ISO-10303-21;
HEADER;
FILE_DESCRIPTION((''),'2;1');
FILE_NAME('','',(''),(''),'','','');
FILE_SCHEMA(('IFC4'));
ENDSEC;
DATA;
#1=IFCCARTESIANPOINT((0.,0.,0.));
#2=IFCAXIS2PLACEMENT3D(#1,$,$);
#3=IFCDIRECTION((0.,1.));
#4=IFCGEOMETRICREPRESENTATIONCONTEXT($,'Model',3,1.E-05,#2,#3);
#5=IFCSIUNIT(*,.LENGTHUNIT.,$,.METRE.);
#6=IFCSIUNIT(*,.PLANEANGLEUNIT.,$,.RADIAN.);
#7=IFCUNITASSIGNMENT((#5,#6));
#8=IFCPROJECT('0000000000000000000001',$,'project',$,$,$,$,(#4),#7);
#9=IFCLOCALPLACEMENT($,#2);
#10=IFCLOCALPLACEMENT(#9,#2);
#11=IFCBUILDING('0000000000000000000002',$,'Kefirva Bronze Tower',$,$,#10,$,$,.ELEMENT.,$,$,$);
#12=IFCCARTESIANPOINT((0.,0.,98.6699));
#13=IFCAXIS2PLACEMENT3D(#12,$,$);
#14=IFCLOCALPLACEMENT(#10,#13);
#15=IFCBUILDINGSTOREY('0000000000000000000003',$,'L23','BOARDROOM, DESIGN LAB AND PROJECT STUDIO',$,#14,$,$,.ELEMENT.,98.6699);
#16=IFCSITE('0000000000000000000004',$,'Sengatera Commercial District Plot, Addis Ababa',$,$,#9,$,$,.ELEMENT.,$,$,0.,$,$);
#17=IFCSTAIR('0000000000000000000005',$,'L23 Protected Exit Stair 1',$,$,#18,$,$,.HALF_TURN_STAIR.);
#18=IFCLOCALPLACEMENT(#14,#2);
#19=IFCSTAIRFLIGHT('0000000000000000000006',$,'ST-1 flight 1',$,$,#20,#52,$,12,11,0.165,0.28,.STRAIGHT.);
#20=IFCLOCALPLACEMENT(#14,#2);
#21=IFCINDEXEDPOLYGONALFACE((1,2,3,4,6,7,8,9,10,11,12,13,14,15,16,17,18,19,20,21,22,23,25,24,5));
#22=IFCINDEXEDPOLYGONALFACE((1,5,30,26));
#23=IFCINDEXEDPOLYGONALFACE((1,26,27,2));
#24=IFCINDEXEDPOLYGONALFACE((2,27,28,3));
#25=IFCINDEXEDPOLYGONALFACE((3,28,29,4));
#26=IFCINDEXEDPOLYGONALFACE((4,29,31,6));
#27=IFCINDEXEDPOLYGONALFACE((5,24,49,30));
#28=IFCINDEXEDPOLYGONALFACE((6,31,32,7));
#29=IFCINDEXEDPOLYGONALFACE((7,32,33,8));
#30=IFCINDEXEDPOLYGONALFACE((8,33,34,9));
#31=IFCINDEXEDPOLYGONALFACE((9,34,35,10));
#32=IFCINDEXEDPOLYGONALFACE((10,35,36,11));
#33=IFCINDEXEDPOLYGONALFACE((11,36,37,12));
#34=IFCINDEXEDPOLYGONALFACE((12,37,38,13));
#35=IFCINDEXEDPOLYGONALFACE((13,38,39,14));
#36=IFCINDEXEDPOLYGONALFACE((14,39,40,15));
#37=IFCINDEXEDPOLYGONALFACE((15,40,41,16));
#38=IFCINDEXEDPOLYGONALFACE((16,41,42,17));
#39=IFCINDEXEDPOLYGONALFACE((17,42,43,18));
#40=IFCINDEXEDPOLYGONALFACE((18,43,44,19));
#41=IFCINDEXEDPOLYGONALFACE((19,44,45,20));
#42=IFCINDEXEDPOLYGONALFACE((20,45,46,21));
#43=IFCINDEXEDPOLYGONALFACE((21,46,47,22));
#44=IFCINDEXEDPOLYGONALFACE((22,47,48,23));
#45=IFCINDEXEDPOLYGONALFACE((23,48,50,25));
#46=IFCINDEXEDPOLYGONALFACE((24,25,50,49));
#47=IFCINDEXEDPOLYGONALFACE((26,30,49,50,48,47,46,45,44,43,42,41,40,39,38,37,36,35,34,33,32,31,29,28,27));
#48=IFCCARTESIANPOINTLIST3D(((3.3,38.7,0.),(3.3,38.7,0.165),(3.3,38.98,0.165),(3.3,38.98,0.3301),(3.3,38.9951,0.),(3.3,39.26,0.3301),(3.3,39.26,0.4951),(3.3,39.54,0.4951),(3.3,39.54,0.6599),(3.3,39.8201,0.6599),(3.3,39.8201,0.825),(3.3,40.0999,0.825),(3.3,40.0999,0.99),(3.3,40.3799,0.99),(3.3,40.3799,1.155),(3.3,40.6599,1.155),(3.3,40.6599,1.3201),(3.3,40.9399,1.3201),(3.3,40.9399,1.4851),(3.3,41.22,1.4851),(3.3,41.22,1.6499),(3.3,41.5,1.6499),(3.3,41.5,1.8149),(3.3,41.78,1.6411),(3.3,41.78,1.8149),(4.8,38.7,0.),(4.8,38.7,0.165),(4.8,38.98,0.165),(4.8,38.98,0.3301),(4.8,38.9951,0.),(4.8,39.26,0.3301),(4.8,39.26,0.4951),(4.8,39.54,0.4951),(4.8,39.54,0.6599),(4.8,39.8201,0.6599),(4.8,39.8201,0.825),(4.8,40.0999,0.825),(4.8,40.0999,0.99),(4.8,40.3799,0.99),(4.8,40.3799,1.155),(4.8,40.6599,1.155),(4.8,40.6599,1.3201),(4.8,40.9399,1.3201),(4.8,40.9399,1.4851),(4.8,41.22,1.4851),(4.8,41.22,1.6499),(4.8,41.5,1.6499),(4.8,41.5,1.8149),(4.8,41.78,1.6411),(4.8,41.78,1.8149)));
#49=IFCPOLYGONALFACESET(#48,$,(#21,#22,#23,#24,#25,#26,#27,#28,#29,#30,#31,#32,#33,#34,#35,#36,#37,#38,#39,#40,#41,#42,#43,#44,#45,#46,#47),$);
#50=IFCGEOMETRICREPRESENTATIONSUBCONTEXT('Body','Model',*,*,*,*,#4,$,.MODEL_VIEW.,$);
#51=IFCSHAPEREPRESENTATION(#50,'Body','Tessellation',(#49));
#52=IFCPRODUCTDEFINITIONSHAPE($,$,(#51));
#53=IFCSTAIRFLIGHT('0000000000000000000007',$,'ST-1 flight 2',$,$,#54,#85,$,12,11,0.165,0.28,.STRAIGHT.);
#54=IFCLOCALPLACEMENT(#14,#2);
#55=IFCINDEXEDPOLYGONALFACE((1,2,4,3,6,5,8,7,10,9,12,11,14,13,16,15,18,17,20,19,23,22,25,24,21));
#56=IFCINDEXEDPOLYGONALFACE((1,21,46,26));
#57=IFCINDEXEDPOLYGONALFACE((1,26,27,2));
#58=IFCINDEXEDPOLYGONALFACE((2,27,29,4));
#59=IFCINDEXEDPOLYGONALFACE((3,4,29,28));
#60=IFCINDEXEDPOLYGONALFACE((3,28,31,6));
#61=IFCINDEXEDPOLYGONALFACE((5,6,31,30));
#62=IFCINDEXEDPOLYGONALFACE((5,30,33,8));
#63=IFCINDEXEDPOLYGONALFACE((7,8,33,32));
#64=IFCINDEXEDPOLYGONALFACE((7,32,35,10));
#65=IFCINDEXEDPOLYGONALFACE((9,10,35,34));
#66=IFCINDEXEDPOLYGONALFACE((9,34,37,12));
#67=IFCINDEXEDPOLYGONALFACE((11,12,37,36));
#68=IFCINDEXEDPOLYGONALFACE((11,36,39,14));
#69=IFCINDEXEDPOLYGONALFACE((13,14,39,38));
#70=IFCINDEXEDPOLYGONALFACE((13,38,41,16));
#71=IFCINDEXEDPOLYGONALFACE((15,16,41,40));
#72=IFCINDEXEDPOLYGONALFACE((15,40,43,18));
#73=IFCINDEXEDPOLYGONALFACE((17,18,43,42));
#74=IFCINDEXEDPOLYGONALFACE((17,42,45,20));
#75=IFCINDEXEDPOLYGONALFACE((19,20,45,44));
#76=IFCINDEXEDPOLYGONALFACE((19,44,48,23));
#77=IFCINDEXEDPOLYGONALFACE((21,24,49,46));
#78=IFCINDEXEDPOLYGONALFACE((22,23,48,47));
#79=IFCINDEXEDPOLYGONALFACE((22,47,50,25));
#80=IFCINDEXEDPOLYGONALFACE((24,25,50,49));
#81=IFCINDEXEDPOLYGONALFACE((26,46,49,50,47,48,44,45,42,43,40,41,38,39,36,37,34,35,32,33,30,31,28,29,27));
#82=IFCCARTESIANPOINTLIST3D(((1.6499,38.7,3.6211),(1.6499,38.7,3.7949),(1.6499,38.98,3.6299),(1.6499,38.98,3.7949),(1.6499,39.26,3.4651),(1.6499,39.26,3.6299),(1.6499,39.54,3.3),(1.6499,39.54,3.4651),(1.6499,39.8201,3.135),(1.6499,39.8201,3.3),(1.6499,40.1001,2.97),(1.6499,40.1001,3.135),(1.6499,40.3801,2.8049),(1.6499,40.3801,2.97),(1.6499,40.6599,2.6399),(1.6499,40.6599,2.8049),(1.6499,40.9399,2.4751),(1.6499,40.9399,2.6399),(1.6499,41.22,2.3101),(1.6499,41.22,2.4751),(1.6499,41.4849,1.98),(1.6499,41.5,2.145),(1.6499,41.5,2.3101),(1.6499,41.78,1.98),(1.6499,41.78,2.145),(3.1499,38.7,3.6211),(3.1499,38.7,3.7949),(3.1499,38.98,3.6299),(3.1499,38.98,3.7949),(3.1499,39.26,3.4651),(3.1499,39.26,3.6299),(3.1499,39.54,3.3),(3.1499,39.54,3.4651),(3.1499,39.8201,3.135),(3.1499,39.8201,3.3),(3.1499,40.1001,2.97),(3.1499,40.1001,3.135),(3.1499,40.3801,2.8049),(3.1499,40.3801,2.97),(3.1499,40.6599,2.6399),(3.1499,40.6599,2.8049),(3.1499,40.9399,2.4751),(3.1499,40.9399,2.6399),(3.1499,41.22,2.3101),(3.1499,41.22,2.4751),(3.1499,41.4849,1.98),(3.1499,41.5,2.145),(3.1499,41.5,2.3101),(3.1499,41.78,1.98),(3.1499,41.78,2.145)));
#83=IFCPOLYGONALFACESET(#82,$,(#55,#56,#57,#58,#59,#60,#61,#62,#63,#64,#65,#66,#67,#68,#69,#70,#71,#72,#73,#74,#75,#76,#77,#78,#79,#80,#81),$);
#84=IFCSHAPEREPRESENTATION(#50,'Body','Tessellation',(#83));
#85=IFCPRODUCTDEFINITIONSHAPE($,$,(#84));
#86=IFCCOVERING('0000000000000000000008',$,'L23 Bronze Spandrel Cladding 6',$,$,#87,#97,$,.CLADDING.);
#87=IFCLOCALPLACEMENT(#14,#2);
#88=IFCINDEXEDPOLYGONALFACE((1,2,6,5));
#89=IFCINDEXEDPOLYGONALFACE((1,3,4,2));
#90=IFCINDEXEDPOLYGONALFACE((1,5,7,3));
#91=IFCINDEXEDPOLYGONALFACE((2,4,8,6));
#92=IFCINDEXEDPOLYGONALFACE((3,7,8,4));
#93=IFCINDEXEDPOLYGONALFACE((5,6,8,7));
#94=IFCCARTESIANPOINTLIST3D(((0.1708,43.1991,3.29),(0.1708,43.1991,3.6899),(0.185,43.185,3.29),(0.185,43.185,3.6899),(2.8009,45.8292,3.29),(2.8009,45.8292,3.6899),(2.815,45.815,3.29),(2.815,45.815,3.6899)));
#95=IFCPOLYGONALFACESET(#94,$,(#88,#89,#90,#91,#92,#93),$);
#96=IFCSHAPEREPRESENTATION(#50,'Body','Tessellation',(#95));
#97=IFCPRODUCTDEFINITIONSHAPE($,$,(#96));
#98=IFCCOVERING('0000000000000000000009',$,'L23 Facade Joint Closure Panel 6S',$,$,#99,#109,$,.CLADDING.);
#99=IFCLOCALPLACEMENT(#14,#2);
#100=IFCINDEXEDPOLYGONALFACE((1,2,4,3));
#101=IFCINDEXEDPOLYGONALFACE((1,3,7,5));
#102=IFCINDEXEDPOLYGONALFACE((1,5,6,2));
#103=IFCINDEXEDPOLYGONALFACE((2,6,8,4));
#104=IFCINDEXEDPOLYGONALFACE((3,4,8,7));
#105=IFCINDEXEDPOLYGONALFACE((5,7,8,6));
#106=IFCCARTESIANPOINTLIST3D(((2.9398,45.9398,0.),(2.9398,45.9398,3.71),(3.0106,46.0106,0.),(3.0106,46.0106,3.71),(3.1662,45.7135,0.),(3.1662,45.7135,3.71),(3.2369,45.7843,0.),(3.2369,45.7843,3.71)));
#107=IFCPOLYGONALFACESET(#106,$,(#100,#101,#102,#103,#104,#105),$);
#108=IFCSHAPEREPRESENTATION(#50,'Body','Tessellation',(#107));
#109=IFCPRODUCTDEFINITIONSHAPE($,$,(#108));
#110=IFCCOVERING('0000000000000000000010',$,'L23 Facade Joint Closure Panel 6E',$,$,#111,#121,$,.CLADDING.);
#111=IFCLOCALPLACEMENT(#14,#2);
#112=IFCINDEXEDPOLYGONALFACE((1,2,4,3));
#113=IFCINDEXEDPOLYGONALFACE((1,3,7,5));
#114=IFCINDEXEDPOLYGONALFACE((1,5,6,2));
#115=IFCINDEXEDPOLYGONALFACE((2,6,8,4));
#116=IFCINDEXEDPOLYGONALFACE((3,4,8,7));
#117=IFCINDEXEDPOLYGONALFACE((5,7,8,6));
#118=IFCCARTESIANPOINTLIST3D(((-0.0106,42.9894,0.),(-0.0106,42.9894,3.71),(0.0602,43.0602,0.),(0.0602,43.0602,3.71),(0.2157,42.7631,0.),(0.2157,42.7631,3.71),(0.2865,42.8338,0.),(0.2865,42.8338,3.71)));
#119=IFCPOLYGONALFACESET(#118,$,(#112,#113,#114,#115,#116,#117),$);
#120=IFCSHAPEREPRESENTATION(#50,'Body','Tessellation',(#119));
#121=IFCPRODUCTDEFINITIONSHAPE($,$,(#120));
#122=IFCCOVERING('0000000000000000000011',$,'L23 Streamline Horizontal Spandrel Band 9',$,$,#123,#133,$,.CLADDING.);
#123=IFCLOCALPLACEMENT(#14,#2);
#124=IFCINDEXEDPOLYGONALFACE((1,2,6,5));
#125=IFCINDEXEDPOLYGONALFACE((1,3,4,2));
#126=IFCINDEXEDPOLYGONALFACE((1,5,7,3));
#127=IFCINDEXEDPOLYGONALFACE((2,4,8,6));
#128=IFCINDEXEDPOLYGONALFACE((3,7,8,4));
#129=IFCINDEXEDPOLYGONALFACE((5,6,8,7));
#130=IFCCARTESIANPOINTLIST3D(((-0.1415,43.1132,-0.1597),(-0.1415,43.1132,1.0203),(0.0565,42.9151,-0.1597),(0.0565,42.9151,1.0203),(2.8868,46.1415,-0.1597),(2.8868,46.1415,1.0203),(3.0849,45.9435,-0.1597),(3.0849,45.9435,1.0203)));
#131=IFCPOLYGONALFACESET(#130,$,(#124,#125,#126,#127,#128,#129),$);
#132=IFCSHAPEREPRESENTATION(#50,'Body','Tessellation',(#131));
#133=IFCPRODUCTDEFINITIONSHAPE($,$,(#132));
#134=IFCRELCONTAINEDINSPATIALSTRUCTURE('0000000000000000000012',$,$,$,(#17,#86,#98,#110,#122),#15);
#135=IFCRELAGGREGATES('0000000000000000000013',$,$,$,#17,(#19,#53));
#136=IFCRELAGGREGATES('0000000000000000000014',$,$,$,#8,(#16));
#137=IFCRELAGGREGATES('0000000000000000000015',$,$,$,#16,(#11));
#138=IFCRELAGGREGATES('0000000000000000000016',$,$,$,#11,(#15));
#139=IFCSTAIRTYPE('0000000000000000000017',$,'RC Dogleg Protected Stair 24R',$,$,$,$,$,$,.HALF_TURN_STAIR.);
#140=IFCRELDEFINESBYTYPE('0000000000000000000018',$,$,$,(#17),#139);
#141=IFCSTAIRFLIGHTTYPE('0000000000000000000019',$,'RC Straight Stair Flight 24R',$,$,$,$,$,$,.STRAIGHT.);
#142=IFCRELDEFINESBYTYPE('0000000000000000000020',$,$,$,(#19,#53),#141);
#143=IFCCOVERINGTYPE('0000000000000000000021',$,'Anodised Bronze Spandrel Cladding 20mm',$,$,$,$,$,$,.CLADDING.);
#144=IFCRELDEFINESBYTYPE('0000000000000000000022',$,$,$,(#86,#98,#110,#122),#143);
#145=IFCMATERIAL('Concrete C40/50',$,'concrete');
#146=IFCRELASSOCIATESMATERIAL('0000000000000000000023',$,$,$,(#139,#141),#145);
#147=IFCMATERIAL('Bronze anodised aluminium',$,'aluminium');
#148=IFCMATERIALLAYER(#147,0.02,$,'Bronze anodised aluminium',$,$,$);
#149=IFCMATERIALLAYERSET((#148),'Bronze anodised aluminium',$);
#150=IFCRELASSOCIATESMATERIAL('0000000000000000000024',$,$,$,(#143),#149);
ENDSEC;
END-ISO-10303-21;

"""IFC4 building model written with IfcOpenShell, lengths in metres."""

from ifc_helpers import new_model, si_unit, direction, frame, origin, origin_2d, place, context, subcontext, project, spatial, polyline, rectangle, outline, extrude, material, layer, layer_set, type_object, element, aggregate, save


model = new_model("IFC4")

# Units and contexts
model_context = context("Model", 3, precision=1e-05, world=origin(), true_north=direction((0.0, 1.0)))
body_context = subcontext(model_context, "Body", "Model", "MODEL_VIEW")
ifc_project = project(units=[si_unit("LENGTHUNIT", "METRE"), si_unit("PLANEANGLEUNIT", "RADIAN")], contexts=[model_context])

# Site, building, storey
site_placement = place(None, origin())
site = spatial("IfcSite", under=ifc_project, at=site_placement, Name="Sengatera Commercial District Plot, Addis Ababa", CompositionType="ELEMENT", RefElevation=0.0)
building_placement = place(site_placement, origin())
building = spatial("IfcBuilding", under=site, at=building_placement, Name="Kefirva Bronze Tower", CompositionType="ELEMENT")
storey_placement = place(building_placement, frame((0.0, 0.0, 98.6699)))
storey = spatial("IfcBuildingStorey", under=building, at=storey_placement, Name="L23", Description="BOARDROOM, DESIGN LAB AND PROJECT STUDIO", CompositionType="ELEMENT", Elevation=98.6699)

# Shared definitions
ifc_material_1 = material(Name="Bronze anodised aluminium", Category="aluminium")

# Stair, stair flights
ifc_material_2 = material(Name="Concrete C40/50", Category="concrete")
stair_type = type_object("IfcStairType", Name="RC Dogleg Protected Stair 24R", PredefinedType="HALF_TURN_STAIR", material=ifc_material_2)
stair_placement = place(storey_placement, origin())
stair = element("IfcStair", 1, at=stair_placement, inside=storey, type_object=stair_type, Name="L23 Protected Exit Stair 1", PredefinedType="HALF_TURN_STAIR")
stair_flight_type = type_object("IfcStairFlightType", Name="RC Straight Stair Flight 24R", PredefinedType="STRAIGHT", material=ifc_material_2)
stair_flight_1_placement = place(storey_placement, frame((4.05, 38.7, 0.0), z_axis=(0.0, 0.0, 1.0), x_axis=(0.0, 1.0, 0.0)))
stair_flight_1 = element("IfcStairFlight", 2, at=stair_flight_1_placement, type_object=stair_flight_type, Name="ST-1 flight 1", NumberOfRisers=12, NumberOfTreads=11, PredefinedType="STRAIGHT", RiserHeight=0.165, TreadLength=0.28, context=body_context, shape_type="SweptSolid", body=[
    extrude(outline(polyline([(0.0, 0.0), (0.0, 0.165), (0.28, 0.165), (0.28, 0.3301), (0.5601, 0.3301), (0.5601, 0.4951), (0.8401, 0.4951), (0.8401, 0.6599), (1.1201, 0.6599), (1.1201, 0.825), (1.3999, 0.825), (1.3999, 0.99), (1.6799, 0.99), (1.6799, 1.155), (1.96, 1.155), (1.96, 1.3201), (2.24, 1.3201), (2.24, 1.4851), (2.52, 1.4851), (2.52, 1.6499), (2.8, 1.6499), (2.8, 1.8149), (3.0801, 1.8149), (3.0801, 1.98), (3.0801, 1.6411), (0.2952, 0.0), (0.0, 0.0)])), frame((0.0, 0.75, 0.0), z_axis=(0.0, -1.0, 0.0), x_axis=(1.0, 0.0, 0.0)), (0.0, 0.0, 1.0), 1.5),
])
stair_flight_2_placement = place(storey_placement, frame((2.3999, 41.78, 1.98), z_axis=(0.0, 0.0, 1.0), x_axis=(0.0, -1.0, 0.0)))
stair_flight_2 = element("IfcStairFlight", 3, at=stair_flight_2_placement, type_object=stair_flight_type, Name="ST-1 flight 2", NumberOfRisers=12, NumberOfTreads=11, PredefinedType="STRAIGHT", RiserHeight=0.165, TreadLength=0.28, context=body_context, shape_type="SweptSolid", body=[
    extrude(outline(polyline([(0.0, 0.0), (0.0, 0.165), (0.28, 0.165), (0.28, 0.3301), (0.5601, 0.3301), (0.5601, 0.4951), (0.8401, 0.4951), (0.8401, 0.6599), (1.1201, 0.6599), (1.1201, 0.825), (1.3999, 0.825), (1.3999, 0.99), (1.6799, 0.99), (1.6799, 1.155), (1.96, 1.155), (1.96, 1.3201), (2.24, 1.3201), (2.24, 1.4851), (2.52, 1.4851), (2.52, 1.6499), (2.8, 1.6499), (2.8, 1.8149), (3.0801, 1.8149), (3.0801, 1.98), (3.0801, 1.6411), (0.2952, 0.0), (0.0, 0.0)])), frame((0.0, 0.75, 0.0), z_axis=(0.0, -1.0, 0.0), x_axis=(1.0, 0.0, 0.0)), (0.0, 0.0, 1.0), 1.5),
])
aggregate(stair, [stair_flight_1, stair_flight_2])

# Coverings
ifc_layer_1 = layer(ifc_material_1, 0.02, Name="Bronze anodised aluminium")
ifc_layer_set_1 = layer_set([ifc_layer_1], Name="Bronze anodised aluminium")
covering_type_1 = type_object("IfcCoveringType", Name="Anodised Bronze Spandrel Cladding 20mm", PredefinedType="CLADDING", material=ifc_layer_set_1)
covering_1_placement = place(storey_placement, frame((1.4929, 44.5071, 3.29), z_axis=(0.0, 0.0, 1.0), x_axis=(-0.707107, -0.707107, 0.0)))
element("IfcCovering", 4, at=covering_1_placement, inside=storey, type_object=covering_type_1, Name="L23 Bronze Spandrel Cladding 6", PredefinedType="CLADDING", context=body_context, shape_type="SweptSolid", body=[
    extrude(rectangle(XDim=3.7195, YDim=0.02, at=origin_2d()), origin(), (0.0, 0.0, 1.0), 0.3999),
])
for number, where, z_axis, x_axis, name in (
    (5, (3.0884, 45.8621, 0.0), (0.0, 0.0, 1.0), (-0.707107, -0.707107, 0.0), "L23 Facade Joint Closure Panel 6S"),
    (6, (0.1379, 42.9116, 0.0), (0.0, 0.0, 1.0), (-0.707107, -0.707107, 0.0), "L23 Facade Joint Closure Panel 6E"),
):
    element("IfcCovering", number, at=place(storey_placement, frame(where, z_axis=z_axis, x_axis=x_axis)), inside=storey, type_object=covering_type_1, Name=name, PredefinedType="CLADDING", context=body_context, shape_type="SweptSolid", body=[
        extrude(rectangle(XDim=0.1001, YDim=0.3201, at=origin_2d()), origin(), (0.0, 0.0, 1.0), 3.71),
    ])
covering_2_placement = place(storey_placement, frame((1.4717, 44.5283, -0.1597), z_axis=(0.0, 0.0, 1.0), x_axis=(-0.707107, -0.707107, 0.0)))
element("IfcCovering", 7, at=covering_2_placement, inside=storey, type_object=covering_type_1, Name="L23 Streamline Horizontal Spandrel Band 9", PredefinedType="CLADDING", context=body_context, shape_type="SweptSolid", body=[
    extrude(rectangle(XDim=4.2827, YDim=0.28, at=origin_2d()), origin(), (0.0, 0.0, 1.0), 1.1799),
])

save(model, "model.ifc")
